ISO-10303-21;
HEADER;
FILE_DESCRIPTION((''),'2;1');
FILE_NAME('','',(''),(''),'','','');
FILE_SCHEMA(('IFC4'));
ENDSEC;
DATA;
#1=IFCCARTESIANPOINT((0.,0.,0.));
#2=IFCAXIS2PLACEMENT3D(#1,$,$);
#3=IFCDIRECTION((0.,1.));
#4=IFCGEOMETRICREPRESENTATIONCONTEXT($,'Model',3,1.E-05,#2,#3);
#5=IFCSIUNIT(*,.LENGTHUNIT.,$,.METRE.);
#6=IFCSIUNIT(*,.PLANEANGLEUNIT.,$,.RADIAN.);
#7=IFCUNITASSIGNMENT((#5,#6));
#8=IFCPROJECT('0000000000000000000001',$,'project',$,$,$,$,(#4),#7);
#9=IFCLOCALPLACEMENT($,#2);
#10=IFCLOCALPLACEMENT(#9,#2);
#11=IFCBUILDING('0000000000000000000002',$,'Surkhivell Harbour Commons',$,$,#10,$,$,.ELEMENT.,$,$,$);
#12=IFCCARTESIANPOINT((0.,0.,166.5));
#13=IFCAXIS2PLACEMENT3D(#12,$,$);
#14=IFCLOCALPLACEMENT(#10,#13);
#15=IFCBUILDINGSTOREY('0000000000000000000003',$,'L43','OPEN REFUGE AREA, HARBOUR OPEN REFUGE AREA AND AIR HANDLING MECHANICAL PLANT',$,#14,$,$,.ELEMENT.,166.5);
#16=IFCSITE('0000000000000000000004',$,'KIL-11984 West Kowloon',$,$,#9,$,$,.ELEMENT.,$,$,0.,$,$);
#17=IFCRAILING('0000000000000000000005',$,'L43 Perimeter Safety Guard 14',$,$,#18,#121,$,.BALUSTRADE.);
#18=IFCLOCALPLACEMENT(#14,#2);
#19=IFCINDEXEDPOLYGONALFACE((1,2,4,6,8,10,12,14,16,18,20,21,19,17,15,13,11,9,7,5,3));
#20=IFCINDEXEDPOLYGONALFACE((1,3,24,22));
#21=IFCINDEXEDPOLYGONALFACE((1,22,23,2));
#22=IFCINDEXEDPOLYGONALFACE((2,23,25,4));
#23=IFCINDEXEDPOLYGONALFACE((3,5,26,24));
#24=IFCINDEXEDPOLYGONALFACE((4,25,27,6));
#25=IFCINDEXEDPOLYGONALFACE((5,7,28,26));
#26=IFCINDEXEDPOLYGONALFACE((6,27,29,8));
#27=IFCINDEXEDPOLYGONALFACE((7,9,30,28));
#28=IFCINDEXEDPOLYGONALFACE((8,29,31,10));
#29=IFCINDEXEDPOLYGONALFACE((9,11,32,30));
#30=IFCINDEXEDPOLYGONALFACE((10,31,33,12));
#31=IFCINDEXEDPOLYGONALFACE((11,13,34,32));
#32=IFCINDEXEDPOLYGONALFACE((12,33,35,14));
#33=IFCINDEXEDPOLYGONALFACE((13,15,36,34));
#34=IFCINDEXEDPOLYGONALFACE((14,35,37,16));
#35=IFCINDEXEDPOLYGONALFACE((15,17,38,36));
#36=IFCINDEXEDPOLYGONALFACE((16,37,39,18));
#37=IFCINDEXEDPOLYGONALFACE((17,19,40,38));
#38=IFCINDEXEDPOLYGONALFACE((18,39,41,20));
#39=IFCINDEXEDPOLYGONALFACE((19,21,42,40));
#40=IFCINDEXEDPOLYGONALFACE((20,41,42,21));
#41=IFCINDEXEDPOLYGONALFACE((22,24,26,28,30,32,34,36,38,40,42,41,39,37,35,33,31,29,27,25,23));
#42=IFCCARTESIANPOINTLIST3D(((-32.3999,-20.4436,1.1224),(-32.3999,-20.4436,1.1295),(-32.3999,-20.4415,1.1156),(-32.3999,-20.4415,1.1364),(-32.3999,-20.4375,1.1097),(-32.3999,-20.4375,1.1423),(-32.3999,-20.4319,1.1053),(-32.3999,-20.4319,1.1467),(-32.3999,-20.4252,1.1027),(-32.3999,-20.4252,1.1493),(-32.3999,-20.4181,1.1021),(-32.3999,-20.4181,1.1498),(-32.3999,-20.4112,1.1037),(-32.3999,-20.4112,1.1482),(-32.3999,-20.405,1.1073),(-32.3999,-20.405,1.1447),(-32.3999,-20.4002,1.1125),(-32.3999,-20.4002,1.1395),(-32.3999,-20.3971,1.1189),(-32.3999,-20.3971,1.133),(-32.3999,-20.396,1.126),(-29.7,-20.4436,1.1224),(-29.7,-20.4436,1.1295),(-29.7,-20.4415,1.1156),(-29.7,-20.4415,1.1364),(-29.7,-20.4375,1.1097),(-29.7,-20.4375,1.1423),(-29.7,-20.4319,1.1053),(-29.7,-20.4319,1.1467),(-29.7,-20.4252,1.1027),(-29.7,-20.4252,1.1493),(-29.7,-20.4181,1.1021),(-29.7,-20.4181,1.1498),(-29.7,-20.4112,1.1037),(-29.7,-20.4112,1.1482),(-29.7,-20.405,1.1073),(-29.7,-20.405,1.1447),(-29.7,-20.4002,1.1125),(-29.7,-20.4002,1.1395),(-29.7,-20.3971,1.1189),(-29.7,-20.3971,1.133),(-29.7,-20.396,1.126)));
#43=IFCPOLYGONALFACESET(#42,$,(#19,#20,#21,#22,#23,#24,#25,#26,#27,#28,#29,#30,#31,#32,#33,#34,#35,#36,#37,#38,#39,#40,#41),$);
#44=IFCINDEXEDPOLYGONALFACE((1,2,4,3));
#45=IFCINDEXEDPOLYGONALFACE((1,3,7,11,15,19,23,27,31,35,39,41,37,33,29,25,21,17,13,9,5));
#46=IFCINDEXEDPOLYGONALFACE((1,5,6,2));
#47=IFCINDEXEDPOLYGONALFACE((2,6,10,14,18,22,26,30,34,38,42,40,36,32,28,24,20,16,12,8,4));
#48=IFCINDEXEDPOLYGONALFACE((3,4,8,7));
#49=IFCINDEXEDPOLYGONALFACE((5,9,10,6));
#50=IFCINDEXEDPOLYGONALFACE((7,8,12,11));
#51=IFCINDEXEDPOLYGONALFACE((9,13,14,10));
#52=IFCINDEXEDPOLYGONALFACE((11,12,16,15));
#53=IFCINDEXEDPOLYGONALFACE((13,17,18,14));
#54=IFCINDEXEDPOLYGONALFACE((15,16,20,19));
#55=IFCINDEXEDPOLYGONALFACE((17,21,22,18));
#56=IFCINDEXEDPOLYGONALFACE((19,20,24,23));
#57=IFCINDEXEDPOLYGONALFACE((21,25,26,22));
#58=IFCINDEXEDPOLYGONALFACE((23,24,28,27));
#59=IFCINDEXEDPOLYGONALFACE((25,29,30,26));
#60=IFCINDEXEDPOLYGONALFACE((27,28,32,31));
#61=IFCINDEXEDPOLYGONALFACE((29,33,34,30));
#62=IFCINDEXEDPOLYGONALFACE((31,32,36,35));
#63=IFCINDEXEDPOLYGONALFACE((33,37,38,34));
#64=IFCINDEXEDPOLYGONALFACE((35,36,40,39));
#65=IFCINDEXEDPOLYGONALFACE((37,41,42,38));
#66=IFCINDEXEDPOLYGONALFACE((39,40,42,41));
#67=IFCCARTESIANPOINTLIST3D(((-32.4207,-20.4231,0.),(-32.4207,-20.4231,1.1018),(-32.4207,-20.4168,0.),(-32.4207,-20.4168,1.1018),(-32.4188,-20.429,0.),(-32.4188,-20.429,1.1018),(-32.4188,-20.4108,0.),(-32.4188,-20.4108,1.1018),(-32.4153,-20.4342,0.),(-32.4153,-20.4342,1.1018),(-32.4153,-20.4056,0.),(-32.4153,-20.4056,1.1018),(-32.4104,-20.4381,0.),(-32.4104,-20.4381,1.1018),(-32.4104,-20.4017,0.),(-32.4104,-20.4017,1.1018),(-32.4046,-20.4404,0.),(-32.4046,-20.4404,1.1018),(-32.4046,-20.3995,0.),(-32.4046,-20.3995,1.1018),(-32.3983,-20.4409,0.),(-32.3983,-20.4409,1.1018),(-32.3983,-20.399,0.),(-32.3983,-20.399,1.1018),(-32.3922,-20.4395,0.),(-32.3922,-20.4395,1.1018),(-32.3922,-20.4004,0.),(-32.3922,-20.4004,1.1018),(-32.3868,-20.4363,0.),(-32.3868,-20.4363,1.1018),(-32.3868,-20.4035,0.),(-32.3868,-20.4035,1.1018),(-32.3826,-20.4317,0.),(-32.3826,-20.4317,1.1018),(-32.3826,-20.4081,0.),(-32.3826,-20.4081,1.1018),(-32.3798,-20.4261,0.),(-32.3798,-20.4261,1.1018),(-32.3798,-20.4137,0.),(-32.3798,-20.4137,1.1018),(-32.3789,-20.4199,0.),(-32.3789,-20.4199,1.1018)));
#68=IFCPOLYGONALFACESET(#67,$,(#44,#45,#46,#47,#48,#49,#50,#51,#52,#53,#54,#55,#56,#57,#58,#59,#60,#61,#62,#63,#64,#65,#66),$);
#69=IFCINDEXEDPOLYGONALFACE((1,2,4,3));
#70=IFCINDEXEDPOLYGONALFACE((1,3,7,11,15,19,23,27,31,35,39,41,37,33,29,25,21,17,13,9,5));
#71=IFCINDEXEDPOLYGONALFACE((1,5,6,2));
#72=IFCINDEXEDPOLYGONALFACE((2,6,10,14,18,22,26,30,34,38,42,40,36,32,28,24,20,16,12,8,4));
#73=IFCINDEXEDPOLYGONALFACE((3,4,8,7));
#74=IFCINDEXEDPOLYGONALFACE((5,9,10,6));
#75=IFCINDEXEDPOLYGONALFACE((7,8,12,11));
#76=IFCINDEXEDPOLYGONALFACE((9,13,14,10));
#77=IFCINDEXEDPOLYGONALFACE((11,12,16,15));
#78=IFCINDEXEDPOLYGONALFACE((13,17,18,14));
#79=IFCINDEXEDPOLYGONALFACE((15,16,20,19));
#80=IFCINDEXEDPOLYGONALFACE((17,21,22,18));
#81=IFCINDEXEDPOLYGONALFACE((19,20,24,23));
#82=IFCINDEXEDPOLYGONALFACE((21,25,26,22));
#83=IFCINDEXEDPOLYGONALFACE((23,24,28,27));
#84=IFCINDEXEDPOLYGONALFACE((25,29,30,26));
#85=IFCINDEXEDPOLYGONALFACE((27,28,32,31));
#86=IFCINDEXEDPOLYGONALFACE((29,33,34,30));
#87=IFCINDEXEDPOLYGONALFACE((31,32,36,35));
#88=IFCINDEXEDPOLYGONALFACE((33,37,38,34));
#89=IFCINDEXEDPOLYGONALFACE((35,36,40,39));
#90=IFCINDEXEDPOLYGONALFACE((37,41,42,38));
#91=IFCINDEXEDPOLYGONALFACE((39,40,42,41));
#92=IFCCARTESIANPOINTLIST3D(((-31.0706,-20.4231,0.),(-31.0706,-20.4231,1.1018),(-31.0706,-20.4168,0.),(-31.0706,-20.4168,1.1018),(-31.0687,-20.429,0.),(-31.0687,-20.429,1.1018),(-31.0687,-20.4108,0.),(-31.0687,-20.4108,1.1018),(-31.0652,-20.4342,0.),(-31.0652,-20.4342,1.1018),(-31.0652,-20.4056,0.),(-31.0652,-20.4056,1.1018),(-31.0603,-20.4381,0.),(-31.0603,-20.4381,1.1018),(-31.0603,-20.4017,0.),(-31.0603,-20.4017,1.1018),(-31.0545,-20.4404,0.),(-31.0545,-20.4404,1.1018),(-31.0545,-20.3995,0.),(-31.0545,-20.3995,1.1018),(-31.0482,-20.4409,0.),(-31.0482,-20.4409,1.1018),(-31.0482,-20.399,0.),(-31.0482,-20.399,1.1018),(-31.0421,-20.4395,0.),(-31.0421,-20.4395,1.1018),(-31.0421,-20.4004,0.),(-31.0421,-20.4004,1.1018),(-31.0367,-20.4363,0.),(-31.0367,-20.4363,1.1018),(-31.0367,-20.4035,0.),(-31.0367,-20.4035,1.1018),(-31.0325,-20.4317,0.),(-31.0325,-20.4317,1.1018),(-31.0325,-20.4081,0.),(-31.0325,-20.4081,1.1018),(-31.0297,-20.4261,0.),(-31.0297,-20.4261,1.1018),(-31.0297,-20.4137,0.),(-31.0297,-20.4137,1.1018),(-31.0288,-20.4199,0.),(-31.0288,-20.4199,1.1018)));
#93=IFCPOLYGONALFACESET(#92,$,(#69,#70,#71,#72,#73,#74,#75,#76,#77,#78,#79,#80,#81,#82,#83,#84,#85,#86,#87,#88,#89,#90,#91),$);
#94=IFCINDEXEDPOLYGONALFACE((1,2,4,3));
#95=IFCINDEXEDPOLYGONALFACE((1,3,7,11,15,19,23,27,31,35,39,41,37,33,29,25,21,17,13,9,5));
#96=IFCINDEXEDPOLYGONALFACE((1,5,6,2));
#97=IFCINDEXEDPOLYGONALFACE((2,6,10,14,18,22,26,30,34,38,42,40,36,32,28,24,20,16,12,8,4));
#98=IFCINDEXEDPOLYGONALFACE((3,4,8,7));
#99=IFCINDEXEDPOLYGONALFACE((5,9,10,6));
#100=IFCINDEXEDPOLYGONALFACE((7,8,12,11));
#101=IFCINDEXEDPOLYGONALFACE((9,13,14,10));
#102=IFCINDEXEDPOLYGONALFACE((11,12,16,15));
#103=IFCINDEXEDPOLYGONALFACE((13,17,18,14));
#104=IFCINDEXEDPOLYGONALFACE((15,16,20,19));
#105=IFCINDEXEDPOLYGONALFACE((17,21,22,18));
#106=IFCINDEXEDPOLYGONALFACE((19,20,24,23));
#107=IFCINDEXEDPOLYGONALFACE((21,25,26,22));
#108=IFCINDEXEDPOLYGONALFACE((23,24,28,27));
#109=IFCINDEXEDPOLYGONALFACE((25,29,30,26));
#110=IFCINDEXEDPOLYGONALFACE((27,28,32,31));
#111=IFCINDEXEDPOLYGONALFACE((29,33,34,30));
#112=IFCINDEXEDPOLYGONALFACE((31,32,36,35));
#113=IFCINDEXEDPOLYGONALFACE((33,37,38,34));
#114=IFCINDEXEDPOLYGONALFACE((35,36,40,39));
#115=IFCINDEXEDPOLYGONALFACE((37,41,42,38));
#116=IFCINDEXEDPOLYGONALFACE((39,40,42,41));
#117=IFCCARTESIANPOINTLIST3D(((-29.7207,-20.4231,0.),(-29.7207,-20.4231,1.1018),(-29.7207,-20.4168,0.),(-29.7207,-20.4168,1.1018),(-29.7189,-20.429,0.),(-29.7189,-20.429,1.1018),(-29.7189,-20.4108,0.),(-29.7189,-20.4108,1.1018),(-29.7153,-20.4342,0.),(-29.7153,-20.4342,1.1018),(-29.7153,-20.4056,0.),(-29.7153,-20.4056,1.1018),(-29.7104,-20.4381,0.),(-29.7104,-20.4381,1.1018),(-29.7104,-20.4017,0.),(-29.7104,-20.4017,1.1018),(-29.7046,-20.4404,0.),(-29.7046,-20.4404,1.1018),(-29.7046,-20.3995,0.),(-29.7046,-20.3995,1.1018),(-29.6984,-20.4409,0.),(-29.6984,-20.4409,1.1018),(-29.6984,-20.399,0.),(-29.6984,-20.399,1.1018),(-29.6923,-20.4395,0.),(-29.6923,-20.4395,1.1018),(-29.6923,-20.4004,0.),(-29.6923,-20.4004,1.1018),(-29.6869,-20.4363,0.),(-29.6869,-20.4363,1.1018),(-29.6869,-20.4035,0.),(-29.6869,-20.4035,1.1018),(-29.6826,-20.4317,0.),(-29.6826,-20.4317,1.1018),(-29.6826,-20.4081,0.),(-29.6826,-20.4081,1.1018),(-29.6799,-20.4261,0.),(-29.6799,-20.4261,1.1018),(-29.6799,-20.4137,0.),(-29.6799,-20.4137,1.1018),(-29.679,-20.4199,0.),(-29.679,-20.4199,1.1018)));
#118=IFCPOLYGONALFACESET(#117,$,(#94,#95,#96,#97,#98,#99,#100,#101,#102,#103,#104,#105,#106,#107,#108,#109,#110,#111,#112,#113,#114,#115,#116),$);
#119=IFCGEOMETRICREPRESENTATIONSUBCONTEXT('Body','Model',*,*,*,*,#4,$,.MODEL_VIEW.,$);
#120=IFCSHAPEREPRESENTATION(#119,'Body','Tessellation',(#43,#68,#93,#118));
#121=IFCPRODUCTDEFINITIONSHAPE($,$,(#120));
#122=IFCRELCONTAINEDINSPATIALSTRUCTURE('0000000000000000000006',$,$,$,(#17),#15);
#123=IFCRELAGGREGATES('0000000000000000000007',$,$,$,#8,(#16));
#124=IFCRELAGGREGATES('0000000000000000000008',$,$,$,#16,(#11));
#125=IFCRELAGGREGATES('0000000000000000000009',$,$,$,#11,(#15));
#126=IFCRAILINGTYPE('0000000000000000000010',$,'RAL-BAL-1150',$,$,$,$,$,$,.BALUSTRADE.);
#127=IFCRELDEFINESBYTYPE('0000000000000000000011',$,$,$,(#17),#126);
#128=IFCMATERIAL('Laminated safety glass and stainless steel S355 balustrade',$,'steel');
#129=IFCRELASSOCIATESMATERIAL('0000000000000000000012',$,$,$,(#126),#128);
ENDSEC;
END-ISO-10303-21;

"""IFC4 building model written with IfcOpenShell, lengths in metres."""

from ifc_helpers import new_model, si_unit, direction, frame, origin, origin_2d, place, context, subcontext, project, spatial, circle, extrude, material, type_object, element, save


model = new_model("IFC4")

# Units and contexts
model_context = context("Model", 3, precision=1e-05, world=origin(), true_north=direction((0.0, 1.0)))
body_context = subcontext(model_context, "Body", "Model", "MODEL_VIEW")
ifc_project = project(units=[si_unit("LENGTHUNIT", "METRE"), si_unit("PLANEANGLEUNIT", "RADIAN")], contexts=[model_context])

# Site, building, storey
site_placement = place(None, origin())
site = spatial("IfcSite", under=ifc_project, at=site_placement, Name="KIL-11984 West Kowloon", CompositionType="ELEMENT", RefElevation=0.0)
building_placement = place(site_placement, origin())
building = spatial("IfcBuilding", under=site, at=building_placement, Name="Surkhivell Harbour Commons", CompositionType="ELEMENT")
storey_placement = place(building_placement, frame((0.0, 0.0, 166.5)))
storey = spatial("IfcBuildingStorey", under=building, at=storey_placement, Name="L43", Description="OPEN REFUGE AREA, HARBOUR OPEN REFUGE AREA AND AIR HANDLING MECHANICAL PLANT", CompositionType="ELEMENT", Elevation=166.5)

# Railing
ifc_material_1 = material(Name="Laminated safety glass and stainless steel S355 balustrade", Category="steel")
railing_type = type_object("IfcRailingType", Name="RAL-BAL-1150", PredefinedType="BALUSTRADE", material=ifc_material_1)
railing_1_placement = place(storey_placement, frame((-32.3999, -20.4199, 0.0)))
element("IfcRailing", 1, at=railing_1_placement, inside=storey, type_object=railing_type, Name="L43 Perimeter Safety Guard 14", PredefinedType="BALUSTRADE", context=body_context, shape_type="SweptSolid", body=[
    extrude(circle(Radius=0.0239, at=origin_2d()), frame((0.0, 0.0, 1.126), z_axis=(1.0, 0.0, 0.0), x_axis=(0.0, 1.0, 0.0)), (0.0, 0.0, 1.0), 2.7),
    extrude(circle(Radius=0.021, at=origin_2d()), origin(), (0.0, 0.0, 1.0), 1.1018),
    extrude(circle(Radius=0.021, at=origin_2d()), frame((1.3501, 0.0, 0.0)), (0.0, 0.0, 1.0), 1.1018),
    extrude(circle(Radius=0.021, at=origin_2d()), frame((2.7, 0.0, 0.0)), (0.0, 0.0, 1.0), 1.1018),
])

save(model, "model.ifc")
